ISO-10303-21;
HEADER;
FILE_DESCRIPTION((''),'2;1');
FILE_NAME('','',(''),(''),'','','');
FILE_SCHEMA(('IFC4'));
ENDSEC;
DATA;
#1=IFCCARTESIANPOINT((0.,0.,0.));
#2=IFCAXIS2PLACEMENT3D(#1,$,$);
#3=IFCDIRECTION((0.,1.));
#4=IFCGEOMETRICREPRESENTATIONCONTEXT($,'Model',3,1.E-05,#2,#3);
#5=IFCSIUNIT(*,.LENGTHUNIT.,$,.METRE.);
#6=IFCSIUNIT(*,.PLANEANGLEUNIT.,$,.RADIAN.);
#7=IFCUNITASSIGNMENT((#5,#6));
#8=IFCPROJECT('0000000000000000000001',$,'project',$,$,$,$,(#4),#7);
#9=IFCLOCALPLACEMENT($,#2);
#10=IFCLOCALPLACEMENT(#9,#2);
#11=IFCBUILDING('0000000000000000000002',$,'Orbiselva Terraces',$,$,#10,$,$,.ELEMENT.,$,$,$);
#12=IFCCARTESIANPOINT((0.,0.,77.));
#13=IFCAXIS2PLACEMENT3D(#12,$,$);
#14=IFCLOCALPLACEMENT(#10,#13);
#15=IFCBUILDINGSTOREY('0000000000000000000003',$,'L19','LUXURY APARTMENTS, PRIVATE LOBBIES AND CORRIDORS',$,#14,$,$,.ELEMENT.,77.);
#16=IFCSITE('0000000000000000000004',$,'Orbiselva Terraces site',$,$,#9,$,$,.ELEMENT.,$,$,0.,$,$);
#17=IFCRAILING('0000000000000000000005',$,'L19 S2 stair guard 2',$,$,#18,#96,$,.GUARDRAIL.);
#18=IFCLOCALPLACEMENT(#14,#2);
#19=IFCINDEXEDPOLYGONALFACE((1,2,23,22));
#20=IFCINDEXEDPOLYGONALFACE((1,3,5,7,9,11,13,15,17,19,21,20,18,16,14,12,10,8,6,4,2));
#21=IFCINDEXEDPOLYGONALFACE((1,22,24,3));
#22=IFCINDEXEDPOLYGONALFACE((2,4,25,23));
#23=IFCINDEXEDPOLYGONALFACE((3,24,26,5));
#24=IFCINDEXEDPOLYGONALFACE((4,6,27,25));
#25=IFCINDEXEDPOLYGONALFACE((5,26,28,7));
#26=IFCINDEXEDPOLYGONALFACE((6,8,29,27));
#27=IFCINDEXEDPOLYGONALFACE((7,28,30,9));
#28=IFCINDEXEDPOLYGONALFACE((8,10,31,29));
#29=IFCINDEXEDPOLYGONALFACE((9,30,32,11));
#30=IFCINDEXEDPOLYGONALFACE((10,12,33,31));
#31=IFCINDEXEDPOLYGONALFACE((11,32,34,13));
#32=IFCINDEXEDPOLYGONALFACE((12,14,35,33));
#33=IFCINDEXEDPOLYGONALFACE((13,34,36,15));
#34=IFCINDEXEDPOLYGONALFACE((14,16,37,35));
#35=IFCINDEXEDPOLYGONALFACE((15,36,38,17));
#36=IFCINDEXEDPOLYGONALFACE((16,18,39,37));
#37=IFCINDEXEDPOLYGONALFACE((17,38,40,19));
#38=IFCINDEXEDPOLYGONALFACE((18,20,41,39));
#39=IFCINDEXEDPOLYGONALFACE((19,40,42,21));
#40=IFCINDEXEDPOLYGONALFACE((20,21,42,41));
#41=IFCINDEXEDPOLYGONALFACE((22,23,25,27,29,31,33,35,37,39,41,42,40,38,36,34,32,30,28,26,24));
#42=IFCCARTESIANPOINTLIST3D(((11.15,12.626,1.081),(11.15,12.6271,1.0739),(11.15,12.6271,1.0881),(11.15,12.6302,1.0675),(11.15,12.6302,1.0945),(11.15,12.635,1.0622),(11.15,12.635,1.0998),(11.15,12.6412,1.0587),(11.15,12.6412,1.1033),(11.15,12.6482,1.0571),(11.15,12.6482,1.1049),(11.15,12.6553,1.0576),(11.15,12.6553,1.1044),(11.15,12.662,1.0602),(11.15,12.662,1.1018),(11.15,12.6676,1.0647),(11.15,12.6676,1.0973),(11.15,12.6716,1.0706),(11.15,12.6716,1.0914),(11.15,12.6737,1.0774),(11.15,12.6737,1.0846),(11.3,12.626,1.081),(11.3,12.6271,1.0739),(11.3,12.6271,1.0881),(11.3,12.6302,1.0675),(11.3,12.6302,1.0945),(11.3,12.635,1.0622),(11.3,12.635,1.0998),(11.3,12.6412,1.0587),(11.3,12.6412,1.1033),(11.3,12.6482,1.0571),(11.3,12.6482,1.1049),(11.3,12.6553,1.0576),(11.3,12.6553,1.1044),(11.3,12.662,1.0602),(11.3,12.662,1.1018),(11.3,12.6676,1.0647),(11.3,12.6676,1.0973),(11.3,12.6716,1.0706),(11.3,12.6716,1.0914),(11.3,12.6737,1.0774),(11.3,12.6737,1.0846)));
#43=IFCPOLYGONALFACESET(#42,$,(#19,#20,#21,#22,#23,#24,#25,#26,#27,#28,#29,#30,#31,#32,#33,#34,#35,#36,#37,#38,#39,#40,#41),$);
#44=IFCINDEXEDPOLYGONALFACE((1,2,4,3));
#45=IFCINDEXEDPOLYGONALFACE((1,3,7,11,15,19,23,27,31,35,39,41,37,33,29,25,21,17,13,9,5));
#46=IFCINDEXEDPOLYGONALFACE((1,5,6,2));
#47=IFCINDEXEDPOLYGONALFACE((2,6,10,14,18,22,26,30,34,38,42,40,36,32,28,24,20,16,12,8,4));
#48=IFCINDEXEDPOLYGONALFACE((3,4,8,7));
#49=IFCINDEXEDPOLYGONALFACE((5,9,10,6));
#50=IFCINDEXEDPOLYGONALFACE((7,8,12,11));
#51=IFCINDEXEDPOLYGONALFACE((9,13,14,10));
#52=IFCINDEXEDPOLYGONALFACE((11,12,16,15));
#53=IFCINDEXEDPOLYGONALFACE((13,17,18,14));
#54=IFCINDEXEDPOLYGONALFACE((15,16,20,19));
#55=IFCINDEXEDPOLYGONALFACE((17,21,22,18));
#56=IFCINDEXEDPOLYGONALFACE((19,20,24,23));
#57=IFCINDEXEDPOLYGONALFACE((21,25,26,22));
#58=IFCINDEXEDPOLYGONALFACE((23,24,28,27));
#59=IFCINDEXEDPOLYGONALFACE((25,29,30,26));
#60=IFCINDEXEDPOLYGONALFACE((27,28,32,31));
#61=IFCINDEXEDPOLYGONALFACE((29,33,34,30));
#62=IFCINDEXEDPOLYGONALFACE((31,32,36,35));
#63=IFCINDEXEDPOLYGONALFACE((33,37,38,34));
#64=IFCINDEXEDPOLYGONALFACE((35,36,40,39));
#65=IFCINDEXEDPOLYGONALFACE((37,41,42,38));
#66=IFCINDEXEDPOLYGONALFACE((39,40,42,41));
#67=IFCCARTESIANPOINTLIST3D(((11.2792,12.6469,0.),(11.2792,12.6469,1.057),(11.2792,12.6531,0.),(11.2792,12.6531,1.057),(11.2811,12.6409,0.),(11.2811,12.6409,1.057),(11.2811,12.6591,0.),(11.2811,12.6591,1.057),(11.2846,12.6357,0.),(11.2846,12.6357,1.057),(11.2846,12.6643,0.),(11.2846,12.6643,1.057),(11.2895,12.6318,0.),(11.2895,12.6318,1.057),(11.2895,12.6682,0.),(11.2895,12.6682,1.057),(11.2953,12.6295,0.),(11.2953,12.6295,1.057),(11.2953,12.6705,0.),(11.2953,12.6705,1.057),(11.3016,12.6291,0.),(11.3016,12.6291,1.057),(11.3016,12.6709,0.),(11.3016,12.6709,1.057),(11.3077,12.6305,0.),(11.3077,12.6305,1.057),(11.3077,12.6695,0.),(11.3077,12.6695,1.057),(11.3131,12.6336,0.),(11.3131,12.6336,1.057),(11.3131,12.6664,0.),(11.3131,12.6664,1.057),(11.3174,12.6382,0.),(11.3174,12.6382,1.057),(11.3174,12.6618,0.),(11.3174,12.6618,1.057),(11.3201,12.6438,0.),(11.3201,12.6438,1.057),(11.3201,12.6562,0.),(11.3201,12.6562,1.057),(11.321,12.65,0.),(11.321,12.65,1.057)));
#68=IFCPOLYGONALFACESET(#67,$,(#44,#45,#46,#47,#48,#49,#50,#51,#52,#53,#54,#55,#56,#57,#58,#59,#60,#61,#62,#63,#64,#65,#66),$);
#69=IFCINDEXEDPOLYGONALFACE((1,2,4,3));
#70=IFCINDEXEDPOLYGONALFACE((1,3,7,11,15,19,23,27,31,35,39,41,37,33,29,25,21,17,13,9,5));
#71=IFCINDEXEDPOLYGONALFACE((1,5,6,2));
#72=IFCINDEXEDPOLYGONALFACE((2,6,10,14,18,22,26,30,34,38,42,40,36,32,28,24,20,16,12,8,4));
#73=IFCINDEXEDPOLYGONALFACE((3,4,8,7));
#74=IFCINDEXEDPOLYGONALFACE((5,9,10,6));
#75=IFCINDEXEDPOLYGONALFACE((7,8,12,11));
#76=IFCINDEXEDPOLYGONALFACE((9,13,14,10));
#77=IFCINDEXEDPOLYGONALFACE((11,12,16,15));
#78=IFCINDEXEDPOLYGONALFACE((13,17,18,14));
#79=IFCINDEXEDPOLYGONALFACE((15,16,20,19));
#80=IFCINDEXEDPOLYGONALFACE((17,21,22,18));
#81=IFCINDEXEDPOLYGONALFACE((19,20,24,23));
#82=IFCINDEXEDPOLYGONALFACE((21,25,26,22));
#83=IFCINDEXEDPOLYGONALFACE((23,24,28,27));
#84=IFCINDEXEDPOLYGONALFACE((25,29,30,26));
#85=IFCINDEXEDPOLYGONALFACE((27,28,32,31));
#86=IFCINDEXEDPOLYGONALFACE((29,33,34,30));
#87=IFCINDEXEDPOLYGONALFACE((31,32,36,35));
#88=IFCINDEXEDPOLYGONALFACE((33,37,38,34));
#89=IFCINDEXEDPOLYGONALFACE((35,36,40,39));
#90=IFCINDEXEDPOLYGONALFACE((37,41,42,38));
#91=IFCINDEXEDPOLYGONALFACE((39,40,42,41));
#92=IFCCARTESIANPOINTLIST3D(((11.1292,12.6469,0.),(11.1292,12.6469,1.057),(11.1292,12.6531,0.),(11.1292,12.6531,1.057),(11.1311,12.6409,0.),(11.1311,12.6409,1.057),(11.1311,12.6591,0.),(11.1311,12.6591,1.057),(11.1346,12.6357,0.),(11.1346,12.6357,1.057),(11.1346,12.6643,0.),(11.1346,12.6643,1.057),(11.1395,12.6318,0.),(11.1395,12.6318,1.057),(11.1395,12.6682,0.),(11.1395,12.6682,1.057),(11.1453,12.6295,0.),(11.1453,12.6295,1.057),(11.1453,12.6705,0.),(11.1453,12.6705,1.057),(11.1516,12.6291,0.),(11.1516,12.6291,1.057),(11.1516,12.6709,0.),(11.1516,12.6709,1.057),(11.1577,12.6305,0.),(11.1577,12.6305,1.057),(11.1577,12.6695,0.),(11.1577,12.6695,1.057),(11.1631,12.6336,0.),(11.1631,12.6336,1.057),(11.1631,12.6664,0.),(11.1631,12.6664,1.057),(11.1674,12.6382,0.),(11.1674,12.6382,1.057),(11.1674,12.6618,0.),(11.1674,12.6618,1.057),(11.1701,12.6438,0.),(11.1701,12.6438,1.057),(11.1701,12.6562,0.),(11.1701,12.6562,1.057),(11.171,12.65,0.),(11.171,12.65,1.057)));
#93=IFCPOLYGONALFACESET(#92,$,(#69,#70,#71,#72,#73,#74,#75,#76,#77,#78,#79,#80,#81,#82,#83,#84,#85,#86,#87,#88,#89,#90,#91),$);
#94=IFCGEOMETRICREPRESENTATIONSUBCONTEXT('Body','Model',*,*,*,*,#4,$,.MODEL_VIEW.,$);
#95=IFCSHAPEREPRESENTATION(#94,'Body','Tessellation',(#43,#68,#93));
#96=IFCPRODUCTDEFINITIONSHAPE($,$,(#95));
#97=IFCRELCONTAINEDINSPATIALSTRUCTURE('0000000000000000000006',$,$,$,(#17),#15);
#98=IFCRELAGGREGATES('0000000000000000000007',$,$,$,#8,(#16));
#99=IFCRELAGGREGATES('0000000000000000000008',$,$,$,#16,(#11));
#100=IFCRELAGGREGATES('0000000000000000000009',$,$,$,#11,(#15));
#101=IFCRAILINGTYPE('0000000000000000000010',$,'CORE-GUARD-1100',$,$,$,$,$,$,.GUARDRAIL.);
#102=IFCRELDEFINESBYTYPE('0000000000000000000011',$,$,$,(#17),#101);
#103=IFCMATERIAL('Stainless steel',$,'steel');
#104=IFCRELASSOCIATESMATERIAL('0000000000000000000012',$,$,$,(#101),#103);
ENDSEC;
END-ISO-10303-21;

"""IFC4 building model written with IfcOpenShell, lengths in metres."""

from ifc_helpers import new_model, si_unit, direction, frame, origin, origin_2d, place, context, subcontext, project, spatial, circle, extrude, material, type_object, element, save


model = new_model("IFC4")

# Units and contexts
model_context = context("Model", 3, precision=1e-05, world=origin(), true_north=direction((0.0, 1.0)))
body_context = subcontext(model_context, "Body", "Model", "MODEL_VIEW")
ifc_project = project(units=[si_unit("LENGTHUNIT", "METRE"), si_unit("PLANEANGLEUNIT", "RADIAN")], contexts=[model_context])

# Site, building, storey
site_placement = place(None, origin())
site = spatial("IfcSite", under=ifc_project, at=site_placement, Name="Orbiselva Terraces site", CompositionType="ELEMENT", RefElevation=0.0)
building_placement = place(site_placement, origin())
building = spatial("IfcBuilding", under=site, at=building_placement, Name="Orbiselva Terraces", CompositionType="ELEMENT")
storey_placement = place(building_placement, frame((0.0, 0.0, 77.0)))
storey = spatial("IfcBuildingStorey", under=building, at=storey_placement, Name="L19", Description="LUXURY APARTMENTS, PRIVATE LOBBIES AND CORRIDORS", CompositionType="ELEMENT", Elevation=77.0)

# Railing
ifc_material_1 = material(Name="Stainless steel", Category="steel")
railing_type = type_object("IfcRailingType", Name="CORE-GUARD-1100", PredefinedType="GUARDRAIL", material=ifc_material_1)
railing_placement = place(storey_placement, frame((11.3, 12.65, 0.0)))
element("IfcRailing", 1, at=railing_placement, inside=storey, type_object=railing_type, Name="L19 S2 stair guard 2", PredefinedType="GUARDRAIL", context=body_context, shape_type="SweptSolid", body=[
    extrude(circle(Radius=0.024, at=origin_2d()), frame((0.0, 0.0, 1.081), z_axis=(-1.0, 0.0, 0.0), x_axis=(0.0, -1.0, 0.0)), (0.0, 0.0, 1.0), 0.15),
    extrude(circle(Radius=0.021, at=origin_2d()), origin(), (0.0, 0.0, 1.0), 1.057),
    extrude(circle(Radius=0.021, at=origin_2d()), frame((-0.15, 0.0, 0.0)), (0.0, 0.0, 1.0), 1.057),
])

save(model, "model.ifc")
